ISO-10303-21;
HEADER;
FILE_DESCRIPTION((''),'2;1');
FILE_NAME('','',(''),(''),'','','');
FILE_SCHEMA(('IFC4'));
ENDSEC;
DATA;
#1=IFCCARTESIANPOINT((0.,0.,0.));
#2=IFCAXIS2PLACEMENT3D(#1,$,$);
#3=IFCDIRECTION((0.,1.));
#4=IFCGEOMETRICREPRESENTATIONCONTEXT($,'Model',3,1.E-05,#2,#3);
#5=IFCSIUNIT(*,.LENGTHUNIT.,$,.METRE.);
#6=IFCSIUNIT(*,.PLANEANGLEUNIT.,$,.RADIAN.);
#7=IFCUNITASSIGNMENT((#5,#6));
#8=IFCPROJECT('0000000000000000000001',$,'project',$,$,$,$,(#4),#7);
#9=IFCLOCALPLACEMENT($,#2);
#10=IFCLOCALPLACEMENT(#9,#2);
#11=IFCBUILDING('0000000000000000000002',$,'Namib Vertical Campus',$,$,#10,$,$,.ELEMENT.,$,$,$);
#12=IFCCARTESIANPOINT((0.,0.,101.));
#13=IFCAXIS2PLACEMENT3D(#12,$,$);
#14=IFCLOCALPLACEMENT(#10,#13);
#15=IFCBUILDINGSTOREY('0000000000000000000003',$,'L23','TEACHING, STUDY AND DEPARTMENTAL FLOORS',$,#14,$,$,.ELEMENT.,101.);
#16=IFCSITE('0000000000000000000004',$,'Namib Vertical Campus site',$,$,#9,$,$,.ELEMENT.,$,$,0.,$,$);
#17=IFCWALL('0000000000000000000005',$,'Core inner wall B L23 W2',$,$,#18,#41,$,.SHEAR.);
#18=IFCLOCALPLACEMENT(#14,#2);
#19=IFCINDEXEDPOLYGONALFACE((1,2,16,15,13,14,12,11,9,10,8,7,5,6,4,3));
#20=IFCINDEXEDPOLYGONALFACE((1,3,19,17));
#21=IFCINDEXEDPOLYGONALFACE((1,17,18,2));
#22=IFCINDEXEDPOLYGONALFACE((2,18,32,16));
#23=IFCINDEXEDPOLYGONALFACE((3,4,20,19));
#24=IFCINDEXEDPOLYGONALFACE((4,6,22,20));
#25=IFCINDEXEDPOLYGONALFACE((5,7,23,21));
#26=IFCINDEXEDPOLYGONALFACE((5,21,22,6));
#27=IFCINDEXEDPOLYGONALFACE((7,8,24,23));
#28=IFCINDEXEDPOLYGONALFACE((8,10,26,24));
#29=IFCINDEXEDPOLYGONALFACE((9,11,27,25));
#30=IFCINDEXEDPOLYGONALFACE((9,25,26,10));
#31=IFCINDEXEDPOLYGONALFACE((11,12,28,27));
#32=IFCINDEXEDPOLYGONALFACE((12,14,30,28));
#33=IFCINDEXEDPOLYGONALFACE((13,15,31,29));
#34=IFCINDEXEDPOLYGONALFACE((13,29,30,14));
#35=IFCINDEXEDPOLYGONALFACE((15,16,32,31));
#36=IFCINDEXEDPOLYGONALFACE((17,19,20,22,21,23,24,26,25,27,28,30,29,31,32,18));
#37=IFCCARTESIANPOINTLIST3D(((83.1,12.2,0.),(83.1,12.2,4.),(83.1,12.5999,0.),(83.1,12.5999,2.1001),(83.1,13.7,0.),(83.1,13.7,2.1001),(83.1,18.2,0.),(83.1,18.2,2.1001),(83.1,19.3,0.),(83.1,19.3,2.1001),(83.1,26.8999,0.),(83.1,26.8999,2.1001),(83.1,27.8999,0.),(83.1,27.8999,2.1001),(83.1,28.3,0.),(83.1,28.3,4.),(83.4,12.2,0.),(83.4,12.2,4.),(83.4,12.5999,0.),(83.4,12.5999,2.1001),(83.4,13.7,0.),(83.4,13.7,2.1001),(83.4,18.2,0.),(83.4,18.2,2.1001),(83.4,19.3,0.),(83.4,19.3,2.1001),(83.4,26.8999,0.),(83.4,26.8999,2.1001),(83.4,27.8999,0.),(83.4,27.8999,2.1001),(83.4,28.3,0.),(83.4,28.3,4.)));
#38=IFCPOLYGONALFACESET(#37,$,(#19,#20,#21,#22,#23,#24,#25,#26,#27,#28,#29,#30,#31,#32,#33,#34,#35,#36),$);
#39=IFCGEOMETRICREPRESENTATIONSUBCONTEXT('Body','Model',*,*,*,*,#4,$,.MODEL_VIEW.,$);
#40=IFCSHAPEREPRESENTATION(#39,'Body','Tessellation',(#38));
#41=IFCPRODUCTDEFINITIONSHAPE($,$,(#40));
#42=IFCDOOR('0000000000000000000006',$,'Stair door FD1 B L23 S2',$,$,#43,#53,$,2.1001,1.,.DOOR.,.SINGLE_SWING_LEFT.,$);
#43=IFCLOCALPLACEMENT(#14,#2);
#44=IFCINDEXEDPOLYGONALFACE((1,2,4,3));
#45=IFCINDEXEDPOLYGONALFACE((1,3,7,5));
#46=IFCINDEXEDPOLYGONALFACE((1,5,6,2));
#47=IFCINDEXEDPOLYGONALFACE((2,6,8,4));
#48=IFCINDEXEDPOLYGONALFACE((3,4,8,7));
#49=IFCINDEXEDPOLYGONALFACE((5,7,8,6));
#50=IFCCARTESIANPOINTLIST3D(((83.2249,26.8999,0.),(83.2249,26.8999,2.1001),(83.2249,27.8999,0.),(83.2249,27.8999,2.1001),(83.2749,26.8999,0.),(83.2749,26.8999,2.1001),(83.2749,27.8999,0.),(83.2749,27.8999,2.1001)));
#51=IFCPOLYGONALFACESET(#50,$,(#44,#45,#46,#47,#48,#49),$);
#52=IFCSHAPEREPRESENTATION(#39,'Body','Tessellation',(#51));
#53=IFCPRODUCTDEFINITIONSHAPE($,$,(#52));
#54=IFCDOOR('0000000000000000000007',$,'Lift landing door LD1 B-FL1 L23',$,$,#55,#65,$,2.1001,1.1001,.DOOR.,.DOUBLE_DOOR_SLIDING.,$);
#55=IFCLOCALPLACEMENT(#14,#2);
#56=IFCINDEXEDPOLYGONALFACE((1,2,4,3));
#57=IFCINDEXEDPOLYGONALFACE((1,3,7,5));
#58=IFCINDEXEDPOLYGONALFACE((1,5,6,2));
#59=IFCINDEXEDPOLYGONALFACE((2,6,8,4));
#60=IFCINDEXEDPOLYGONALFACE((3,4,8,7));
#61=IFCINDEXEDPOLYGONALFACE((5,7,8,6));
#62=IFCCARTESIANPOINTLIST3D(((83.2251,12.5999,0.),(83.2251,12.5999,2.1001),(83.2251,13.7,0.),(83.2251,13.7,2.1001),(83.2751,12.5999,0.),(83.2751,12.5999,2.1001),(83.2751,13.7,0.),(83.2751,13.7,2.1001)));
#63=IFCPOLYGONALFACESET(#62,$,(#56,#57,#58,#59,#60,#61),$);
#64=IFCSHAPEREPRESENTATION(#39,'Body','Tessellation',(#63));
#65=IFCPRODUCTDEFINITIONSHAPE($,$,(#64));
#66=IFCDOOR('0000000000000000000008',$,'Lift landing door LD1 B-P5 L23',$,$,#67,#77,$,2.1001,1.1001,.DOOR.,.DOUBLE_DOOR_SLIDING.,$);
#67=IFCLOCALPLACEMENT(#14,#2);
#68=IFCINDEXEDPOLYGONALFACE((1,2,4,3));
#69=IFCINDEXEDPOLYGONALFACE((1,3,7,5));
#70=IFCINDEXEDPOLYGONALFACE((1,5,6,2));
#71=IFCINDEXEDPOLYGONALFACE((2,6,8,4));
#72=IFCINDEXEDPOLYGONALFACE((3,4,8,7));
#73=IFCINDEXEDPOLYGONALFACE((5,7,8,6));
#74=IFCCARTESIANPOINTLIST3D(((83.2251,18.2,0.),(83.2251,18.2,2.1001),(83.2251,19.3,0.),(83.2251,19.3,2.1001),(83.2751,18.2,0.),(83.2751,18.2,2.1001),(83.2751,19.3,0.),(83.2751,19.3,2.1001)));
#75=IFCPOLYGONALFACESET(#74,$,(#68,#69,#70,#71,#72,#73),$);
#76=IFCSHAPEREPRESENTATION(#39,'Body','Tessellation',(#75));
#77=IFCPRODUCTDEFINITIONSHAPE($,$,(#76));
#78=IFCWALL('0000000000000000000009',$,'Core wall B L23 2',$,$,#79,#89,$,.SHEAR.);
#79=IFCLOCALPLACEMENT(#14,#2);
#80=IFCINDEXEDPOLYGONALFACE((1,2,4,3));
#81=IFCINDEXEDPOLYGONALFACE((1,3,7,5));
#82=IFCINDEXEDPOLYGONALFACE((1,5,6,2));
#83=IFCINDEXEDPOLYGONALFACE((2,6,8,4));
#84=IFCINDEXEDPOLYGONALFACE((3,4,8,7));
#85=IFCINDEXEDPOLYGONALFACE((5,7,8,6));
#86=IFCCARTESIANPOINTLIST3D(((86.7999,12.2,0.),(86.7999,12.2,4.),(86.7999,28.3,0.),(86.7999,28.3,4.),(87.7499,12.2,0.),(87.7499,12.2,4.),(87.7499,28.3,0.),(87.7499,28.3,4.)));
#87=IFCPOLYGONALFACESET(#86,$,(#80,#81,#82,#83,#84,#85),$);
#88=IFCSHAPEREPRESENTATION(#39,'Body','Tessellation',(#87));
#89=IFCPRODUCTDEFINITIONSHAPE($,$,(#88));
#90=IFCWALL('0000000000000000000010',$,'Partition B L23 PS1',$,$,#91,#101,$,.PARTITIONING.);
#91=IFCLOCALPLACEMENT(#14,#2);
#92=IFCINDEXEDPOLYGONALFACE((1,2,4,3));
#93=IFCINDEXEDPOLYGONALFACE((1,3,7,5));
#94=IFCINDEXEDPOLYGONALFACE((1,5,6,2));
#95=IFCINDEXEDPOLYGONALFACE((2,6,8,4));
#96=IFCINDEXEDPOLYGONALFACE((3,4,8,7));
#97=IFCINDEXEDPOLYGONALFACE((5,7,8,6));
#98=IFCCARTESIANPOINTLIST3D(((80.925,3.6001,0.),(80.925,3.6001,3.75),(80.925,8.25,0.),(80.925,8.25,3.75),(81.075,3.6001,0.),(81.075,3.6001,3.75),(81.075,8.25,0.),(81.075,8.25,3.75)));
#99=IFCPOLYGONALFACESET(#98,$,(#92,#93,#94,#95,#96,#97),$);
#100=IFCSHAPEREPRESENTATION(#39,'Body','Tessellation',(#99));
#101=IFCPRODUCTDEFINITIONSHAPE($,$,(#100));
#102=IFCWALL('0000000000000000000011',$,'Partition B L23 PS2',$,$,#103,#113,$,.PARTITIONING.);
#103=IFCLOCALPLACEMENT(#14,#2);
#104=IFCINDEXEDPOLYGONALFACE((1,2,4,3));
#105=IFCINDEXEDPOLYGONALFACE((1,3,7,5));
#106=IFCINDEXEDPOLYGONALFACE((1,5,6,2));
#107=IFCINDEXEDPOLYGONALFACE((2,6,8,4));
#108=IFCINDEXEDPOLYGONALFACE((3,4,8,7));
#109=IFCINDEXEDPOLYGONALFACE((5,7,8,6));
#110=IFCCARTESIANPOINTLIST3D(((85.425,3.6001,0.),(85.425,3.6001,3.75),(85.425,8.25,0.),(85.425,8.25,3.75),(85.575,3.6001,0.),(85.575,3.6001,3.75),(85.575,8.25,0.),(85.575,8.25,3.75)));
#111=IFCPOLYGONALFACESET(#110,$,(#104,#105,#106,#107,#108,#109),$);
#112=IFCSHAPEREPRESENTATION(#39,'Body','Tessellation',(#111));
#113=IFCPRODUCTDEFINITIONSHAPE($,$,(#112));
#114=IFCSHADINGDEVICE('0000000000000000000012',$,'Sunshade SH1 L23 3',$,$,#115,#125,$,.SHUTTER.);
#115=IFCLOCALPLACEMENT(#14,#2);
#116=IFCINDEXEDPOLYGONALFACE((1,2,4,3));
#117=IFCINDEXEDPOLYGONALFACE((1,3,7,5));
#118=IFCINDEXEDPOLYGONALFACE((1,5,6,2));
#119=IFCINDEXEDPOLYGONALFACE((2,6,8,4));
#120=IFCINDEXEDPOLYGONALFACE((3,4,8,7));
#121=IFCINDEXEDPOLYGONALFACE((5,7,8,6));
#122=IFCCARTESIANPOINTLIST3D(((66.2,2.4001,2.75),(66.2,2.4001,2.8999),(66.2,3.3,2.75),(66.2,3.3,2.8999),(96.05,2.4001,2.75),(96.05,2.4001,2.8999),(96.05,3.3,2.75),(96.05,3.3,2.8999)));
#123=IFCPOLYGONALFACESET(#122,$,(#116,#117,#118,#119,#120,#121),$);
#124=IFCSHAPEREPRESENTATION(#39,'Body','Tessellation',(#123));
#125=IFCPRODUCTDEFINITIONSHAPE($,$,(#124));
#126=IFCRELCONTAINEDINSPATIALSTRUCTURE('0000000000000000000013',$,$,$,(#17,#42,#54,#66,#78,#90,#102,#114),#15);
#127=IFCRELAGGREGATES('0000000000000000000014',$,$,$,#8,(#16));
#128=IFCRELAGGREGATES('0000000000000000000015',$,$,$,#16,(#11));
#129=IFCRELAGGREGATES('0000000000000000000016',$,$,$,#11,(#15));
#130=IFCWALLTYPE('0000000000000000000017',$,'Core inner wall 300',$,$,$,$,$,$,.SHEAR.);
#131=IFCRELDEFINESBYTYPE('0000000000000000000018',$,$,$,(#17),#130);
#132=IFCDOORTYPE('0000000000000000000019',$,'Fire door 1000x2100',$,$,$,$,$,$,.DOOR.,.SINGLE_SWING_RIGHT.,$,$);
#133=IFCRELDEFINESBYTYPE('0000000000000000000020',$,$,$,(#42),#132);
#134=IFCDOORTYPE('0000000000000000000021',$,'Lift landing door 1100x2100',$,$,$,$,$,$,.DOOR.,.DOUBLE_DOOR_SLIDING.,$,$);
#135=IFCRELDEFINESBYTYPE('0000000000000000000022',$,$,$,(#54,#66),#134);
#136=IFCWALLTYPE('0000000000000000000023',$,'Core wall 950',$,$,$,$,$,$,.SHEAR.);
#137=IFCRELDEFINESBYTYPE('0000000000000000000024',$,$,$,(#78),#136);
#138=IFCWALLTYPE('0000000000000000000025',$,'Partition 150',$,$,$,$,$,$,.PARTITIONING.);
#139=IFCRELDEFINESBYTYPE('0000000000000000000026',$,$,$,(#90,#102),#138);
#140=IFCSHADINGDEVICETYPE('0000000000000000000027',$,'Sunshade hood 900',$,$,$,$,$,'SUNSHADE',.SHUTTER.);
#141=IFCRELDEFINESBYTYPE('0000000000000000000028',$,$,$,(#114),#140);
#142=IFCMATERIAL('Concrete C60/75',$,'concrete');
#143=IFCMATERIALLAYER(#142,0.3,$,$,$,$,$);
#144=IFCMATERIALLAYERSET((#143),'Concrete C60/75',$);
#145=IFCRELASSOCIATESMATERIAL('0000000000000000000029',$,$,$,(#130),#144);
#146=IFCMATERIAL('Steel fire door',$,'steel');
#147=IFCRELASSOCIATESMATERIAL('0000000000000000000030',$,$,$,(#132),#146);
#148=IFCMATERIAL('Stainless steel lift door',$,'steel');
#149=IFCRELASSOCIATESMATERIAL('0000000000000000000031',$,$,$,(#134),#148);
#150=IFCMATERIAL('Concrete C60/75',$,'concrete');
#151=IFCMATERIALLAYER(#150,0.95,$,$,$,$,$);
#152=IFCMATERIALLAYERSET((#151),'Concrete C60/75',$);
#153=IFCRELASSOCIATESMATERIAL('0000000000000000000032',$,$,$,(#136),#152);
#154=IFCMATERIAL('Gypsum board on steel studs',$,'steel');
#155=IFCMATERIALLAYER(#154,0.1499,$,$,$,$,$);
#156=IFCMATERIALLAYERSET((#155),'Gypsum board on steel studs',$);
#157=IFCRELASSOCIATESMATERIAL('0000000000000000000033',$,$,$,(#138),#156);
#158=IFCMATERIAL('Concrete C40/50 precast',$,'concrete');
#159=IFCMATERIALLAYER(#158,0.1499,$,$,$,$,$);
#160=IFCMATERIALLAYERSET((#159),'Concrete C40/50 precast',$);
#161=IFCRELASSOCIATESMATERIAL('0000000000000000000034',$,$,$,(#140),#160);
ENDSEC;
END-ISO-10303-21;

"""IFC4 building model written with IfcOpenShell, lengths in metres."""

from ifc_helpers import new_model, si_unit, direction, frame, frame_2d, origin, origin_2d, place, context, subcontext, project, spatial, rectangle, extrude, material, layer, layer_set, type_object, element, fill, save


model = new_model("IFC4")

# Units and contexts
model_context = context("Model", 3, precision=1e-05, world=origin(), true_north=direction((0.0, 1.0)))
body_context = subcontext(model_context, "Body", "Model", "MODEL_VIEW")
ifc_project = project(units=[si_unit("LENGTHUNIT", "METRE"), si_unit("PLANEANGLEUNIT", "RADIAN")], contexts=[model_context])

# Site, building, storey
site_placement = place(None, origin())
site = spatial("IfcSite", under=ifc_project, at=site_placement, Name="Namib Vertical Campus site", CompositionType="ELEMENT", RefElevation=0.0)
building_placement = place(site_placement, origin())
building = spatial("IfcBuilding", under=site, at=building_placement, Name="Namib Vertical Campus", CompositionType="ELEMENT")
storey_placement = place(building_placement, frame((0.0, 0.0, 101.0)))
storey = spatial("IfcBuildingStorey", under=building, at=storey_placement, Name="L23", Description="TEACHING, STUDY AND DEPARTMENTAL FLOORS", CompositionType="ELEMENT", Elevation=101.0)

# Wall, openings, doors
ifc_material_1 = material(Name="Concrete C60/75", Category="concrete")
ifc_layer_1 = layer(ifc_material_1, 0.3)
ifc_layer_set_1 = layer_set([ifc_layer_1], Name="Concrete C60/75")
wall_type_1 = type_object("IfcWallType", Name="Core inner wall 300", PredefinedType="SHEAR", material=ifc_layer_set_1)
ifc_material_2 = material(Name="Steel fire door", Category="steel")
door_type_1 = type_object("IfcDoorType", Name="Fire door 1000x2100", OperationType="SINGLE_SWING_RIGHT", PredefinedType="DOOR", material=ifc_material_2)
ifc_material_3 = material(Name="Stainless steel lift door", Category="steel")
door_type_2 = type_object("IfcDoorType", Name="Lift landing door 1100x2100", OperationType="DOUBLE_DOOR_SLIDING", PredefinedType="DOOR", material=ifc_material_3)
wall_1_placement = place(storey_placement, frame((83.25, 12.2, 0.0), z_axis=(0.0, 0.0, 1.0), x_axis=(0.0, 1.0, 0.0)))
wall_1 = element("IfcWall", 1, at=wall_1_placement, inside=storey, type_object=wall_type_1, Name="Core inner wall B L23 W2", PredefinedType="SHEAR", context=body_context, shape_type="SweptSolid", body=[
    extrude(rectangle(XDim=16.1001, YDim=0.3, at=frame_2d((8.05, 0.0))), origin(), (0.0, 0.0, 1.0), 4.0),
])
opening_1_placement = place(wall_1_placement, frame((14.7, 0.0, 0.0)))
opening_1 = element("IfcOpeningElement", 2, at=opening_1_placement, cuts=wall_1, PredefinedType="OPENING", context=body_context, shape_type="SweptSolid", body=[
    extrude(rectangle(XDim=1.0, YDim=2.1001, at=frame_2d((0.5, 1.05))), frame((0.0, 0.1599, 0.0), z_axis=(0.0, -1.0, 0.0), x_axis=(1.0, 0.0, 0.0)), (0.0, 0.0, 1.0), 0.3201),
])
opening_2_placement = place(wall_1_placement, frame((0.3999, 0.0, 0.0)))
opening_2 = element("IfcOpeningElement", 3, at=opening_2_placement, cuts=wall_1, PredefinedType="OPENING", context=body_context, shape_type="SweptSolid", body=[
    extrude(rectangle(XDim=1.1001, YDim=2.1001, at=frame_2d((0.55, 1.05))), frame((0.0, 0.1599, 0.0), z_axis=(0.0, -1.0, 0.0), x_axis=(1.0, 0.0, 0.0)), (0.0, 0.0, 1.0), 0.3201),
])
opening_3_placement = place(wall_1_placement, frame((6.0, 0.0, 0.0)))
opening_3 = element("IfcOpeningElement", 4, at=opening_3_placement, cuts=wall_1, PredefinedType="OPENING", context=body_context, shape_type="SweptSolid", body=[
    extrude(rectangle(XDim=1.1001, YDim=2.1001, at=frame_2d((0.55, 1.05))), frame((0.0, 0.1599, 0.0), z_axis=(0.0, -1.0, 0.0), x_axis=(1.0, 0.0, 0.0)), (0.0, 0.0, 1.0), 0.3201),
])
door_1_placement = place(opening_1_placement, frame((1.0, 0.0, 0.0), z_axis=(0.0, 0.0, 1.0), x_axis=(-1.0, 0.0, 0.0)))
door_1 = element("IfcDoor", 5, at=door_1_placement, inside=storey, type_object=door_type_1, Name="Stair door FD1 B L23 S2", OperationType="SINGLE_SWING_LEFT", OverallHeight=2.1001, OverallWidth=1.0, PredefinedType="DOOR", context=body_context, shape_type="SweptSolid", body=[
    extrude(rectangle(XDim=1.0, YDim=2.1001, at=frame_2d((0.5, 1.05))), frame((0.0, 0.0249, 0.0), z_axis=(0.0, -1.0, 0.0), x_axis=(1.0, 0.0, 0.0)), (0.0, 0.0, 1.0), 0.05),
])
fill(opening_1, door_1)
door_2_placement = place(opening_2_placement, origin())
door_2 = element("IfcDoor", 6, at=door_2_placement, inside=storey, type_object=door_type_2, Name="Lift landing door LD1 B-FL1 L23", OperationType="DOUBLE_DOOR_SLIDING", OverallHeight=2.1001, OverallWidth=1.1001, PredefinedType="DOOR", context=body_context, shape_type="SweptSolid", body=[
    extrude(rectangle(XDim=1.1001, YDim=2.1001, at=frame_2d((0.55, 1.05))), frame((0.0, 0.0249, 0.0), z_axis=(0.0, -1.0, 0.0), x_axis=(1.0, 0.0, 0.0)), (0.0, 0.0, 1.0), 0.05),
])
fill(opening_2, door_2)
door_3_placement = place(opening_3_placement, origin())
door_3 = element("IfcDoor", 7, at=door_3_placement, inside=storey, type_object=door_type_2, Name="Lift landing door LD1 B-P5 L23", OperationType="DOUBLE_DOOR_SLIDING", OverallHeight=2.1001, OverallWidth=1.1001, PredefinedType="DOOR", context=body_context, shape_type="SweptSolid", body=[
    extrude(rectangle(XDim=1.1001, YDim=2.1001, at=frame_2d((0.55, 1.05))), frame((0.0, 0.0249, 0.0), z_axis=(0.0, -1.0, 0.0), x_axis=(1.0, 0.0, 0.0)), (0.0, 0.0, 1.0), 0.05),
])
fill(opening_3, door_3)

# Walls
ifc_material_4 = material(Name="Concrete C60/75", Category="concrete")
ifc_layer_2 = layer(ifc_material_4, 0.95)
ifc_layer_set_2 = layer_set([ifc_layer_2], Name="Concrete C60/75")
wall_type_2 = type_object("IfcWallType", Name="Core wall 950", PredefinedType="SHEAR", material=ifc_layer_set_2)
wall_2_placement = place(storey_placement, frame((87.2749, 12.2, 0.0), z_axis=(0.0, 0.0, 1.0), x_axis=(0.0, 1.0, 0.0)))
element("IfcWall", 8, at=wall_2_placement, inside=storey, type_object=wall_type_2, Name="Core wall B L23 2", PredefinedType="SHEAR", context=body_context, shape_type="SweptSolid", body=[
    extrude(rectangle(XDim=16.1001, YDim=0.95, at=frame_2d((8.05, 0.0))), origin(), (0.0, 0.0, 1.0), 4.0),
])
ifc_material_5 = material(Name="Gypsum board on steel studs", Category="steel")
ifc_layer_3 = layer(ifc_material_5, 0.1499)
ifc_layer_set_3 = layer_set([ifc_layer_3], Name="Gypsum board on steel studs")
wall_type_3 = type_object("IfcWallType", Name="Partition 150", PredefinedType="PARTITIONING", material=ifc_layer_set_3)
for number, where, z_axis, x_axis, name in (
    (9, (81.0, 3.6001, 0.0), (0.0, 0.0, 1.0), (0.0, 1.0, 0.0), "Partition B L23 PS1"),
    (10, (85.5, 3.6001, 0.0), (0.0, 0.0, 1.0), (0.0, 1.0, 0.0), "Partition B L23 PS2"),
):
    element("IfcWall", number, at=place(storey_placement, frame(where, z_axis=z_axis, x_axis=x_axis)), inside=storey, type_object=wall_type_3, Name=name, PredefinedType="PARTITIONING", context=body_context, shape_type="SweptSolid", body=[
        extrude(rectangle(XDim=4.6499, YDim=0.1499, at=frame_2d((2.325, 0.0))), origin(), (0.0, 0.0, 1.0), 3.75),
    ])

# Shading device
ifc_material_6 = material(Name="Concrete C40/50 precast", Category="concrete")
ifc_layer_4 = layer(ifc_material_6, 0.1499)
ifc_layer_set_4 = layer_set([ifc_layer_4], Name="Concrete C40/50 precast")
shading_device_type = type_object("IfcShadingDeviceType", Name="Sunshade hood 900", ElementType="SUNSHADE", PredefinedType="SHUTTER", material=ifc_layer_set_4)
shading_device_placement = place(storey_placement, frame((81.125, 2.8501, 2.75), z_axis=(0.0, 0.0, 1.0), x_axis=(1.0, 0.0, 0.0)))
element("IfcShadingDevice", 11, at=shading_device_placement, inside=storey, type_object=shading_device_type, Name="Sunshade SH1 L23 3", PredefinedType="SHUTTER", context=body_context, shape_type="SweptSolid", body=[
    extrude(rectangle(XDim=29.8501, YDim=0.8999, at=origin_2d()), origin(), (0.0, 0.0, 1.0), 0.1499),
])

save(model, "model.ifc")
